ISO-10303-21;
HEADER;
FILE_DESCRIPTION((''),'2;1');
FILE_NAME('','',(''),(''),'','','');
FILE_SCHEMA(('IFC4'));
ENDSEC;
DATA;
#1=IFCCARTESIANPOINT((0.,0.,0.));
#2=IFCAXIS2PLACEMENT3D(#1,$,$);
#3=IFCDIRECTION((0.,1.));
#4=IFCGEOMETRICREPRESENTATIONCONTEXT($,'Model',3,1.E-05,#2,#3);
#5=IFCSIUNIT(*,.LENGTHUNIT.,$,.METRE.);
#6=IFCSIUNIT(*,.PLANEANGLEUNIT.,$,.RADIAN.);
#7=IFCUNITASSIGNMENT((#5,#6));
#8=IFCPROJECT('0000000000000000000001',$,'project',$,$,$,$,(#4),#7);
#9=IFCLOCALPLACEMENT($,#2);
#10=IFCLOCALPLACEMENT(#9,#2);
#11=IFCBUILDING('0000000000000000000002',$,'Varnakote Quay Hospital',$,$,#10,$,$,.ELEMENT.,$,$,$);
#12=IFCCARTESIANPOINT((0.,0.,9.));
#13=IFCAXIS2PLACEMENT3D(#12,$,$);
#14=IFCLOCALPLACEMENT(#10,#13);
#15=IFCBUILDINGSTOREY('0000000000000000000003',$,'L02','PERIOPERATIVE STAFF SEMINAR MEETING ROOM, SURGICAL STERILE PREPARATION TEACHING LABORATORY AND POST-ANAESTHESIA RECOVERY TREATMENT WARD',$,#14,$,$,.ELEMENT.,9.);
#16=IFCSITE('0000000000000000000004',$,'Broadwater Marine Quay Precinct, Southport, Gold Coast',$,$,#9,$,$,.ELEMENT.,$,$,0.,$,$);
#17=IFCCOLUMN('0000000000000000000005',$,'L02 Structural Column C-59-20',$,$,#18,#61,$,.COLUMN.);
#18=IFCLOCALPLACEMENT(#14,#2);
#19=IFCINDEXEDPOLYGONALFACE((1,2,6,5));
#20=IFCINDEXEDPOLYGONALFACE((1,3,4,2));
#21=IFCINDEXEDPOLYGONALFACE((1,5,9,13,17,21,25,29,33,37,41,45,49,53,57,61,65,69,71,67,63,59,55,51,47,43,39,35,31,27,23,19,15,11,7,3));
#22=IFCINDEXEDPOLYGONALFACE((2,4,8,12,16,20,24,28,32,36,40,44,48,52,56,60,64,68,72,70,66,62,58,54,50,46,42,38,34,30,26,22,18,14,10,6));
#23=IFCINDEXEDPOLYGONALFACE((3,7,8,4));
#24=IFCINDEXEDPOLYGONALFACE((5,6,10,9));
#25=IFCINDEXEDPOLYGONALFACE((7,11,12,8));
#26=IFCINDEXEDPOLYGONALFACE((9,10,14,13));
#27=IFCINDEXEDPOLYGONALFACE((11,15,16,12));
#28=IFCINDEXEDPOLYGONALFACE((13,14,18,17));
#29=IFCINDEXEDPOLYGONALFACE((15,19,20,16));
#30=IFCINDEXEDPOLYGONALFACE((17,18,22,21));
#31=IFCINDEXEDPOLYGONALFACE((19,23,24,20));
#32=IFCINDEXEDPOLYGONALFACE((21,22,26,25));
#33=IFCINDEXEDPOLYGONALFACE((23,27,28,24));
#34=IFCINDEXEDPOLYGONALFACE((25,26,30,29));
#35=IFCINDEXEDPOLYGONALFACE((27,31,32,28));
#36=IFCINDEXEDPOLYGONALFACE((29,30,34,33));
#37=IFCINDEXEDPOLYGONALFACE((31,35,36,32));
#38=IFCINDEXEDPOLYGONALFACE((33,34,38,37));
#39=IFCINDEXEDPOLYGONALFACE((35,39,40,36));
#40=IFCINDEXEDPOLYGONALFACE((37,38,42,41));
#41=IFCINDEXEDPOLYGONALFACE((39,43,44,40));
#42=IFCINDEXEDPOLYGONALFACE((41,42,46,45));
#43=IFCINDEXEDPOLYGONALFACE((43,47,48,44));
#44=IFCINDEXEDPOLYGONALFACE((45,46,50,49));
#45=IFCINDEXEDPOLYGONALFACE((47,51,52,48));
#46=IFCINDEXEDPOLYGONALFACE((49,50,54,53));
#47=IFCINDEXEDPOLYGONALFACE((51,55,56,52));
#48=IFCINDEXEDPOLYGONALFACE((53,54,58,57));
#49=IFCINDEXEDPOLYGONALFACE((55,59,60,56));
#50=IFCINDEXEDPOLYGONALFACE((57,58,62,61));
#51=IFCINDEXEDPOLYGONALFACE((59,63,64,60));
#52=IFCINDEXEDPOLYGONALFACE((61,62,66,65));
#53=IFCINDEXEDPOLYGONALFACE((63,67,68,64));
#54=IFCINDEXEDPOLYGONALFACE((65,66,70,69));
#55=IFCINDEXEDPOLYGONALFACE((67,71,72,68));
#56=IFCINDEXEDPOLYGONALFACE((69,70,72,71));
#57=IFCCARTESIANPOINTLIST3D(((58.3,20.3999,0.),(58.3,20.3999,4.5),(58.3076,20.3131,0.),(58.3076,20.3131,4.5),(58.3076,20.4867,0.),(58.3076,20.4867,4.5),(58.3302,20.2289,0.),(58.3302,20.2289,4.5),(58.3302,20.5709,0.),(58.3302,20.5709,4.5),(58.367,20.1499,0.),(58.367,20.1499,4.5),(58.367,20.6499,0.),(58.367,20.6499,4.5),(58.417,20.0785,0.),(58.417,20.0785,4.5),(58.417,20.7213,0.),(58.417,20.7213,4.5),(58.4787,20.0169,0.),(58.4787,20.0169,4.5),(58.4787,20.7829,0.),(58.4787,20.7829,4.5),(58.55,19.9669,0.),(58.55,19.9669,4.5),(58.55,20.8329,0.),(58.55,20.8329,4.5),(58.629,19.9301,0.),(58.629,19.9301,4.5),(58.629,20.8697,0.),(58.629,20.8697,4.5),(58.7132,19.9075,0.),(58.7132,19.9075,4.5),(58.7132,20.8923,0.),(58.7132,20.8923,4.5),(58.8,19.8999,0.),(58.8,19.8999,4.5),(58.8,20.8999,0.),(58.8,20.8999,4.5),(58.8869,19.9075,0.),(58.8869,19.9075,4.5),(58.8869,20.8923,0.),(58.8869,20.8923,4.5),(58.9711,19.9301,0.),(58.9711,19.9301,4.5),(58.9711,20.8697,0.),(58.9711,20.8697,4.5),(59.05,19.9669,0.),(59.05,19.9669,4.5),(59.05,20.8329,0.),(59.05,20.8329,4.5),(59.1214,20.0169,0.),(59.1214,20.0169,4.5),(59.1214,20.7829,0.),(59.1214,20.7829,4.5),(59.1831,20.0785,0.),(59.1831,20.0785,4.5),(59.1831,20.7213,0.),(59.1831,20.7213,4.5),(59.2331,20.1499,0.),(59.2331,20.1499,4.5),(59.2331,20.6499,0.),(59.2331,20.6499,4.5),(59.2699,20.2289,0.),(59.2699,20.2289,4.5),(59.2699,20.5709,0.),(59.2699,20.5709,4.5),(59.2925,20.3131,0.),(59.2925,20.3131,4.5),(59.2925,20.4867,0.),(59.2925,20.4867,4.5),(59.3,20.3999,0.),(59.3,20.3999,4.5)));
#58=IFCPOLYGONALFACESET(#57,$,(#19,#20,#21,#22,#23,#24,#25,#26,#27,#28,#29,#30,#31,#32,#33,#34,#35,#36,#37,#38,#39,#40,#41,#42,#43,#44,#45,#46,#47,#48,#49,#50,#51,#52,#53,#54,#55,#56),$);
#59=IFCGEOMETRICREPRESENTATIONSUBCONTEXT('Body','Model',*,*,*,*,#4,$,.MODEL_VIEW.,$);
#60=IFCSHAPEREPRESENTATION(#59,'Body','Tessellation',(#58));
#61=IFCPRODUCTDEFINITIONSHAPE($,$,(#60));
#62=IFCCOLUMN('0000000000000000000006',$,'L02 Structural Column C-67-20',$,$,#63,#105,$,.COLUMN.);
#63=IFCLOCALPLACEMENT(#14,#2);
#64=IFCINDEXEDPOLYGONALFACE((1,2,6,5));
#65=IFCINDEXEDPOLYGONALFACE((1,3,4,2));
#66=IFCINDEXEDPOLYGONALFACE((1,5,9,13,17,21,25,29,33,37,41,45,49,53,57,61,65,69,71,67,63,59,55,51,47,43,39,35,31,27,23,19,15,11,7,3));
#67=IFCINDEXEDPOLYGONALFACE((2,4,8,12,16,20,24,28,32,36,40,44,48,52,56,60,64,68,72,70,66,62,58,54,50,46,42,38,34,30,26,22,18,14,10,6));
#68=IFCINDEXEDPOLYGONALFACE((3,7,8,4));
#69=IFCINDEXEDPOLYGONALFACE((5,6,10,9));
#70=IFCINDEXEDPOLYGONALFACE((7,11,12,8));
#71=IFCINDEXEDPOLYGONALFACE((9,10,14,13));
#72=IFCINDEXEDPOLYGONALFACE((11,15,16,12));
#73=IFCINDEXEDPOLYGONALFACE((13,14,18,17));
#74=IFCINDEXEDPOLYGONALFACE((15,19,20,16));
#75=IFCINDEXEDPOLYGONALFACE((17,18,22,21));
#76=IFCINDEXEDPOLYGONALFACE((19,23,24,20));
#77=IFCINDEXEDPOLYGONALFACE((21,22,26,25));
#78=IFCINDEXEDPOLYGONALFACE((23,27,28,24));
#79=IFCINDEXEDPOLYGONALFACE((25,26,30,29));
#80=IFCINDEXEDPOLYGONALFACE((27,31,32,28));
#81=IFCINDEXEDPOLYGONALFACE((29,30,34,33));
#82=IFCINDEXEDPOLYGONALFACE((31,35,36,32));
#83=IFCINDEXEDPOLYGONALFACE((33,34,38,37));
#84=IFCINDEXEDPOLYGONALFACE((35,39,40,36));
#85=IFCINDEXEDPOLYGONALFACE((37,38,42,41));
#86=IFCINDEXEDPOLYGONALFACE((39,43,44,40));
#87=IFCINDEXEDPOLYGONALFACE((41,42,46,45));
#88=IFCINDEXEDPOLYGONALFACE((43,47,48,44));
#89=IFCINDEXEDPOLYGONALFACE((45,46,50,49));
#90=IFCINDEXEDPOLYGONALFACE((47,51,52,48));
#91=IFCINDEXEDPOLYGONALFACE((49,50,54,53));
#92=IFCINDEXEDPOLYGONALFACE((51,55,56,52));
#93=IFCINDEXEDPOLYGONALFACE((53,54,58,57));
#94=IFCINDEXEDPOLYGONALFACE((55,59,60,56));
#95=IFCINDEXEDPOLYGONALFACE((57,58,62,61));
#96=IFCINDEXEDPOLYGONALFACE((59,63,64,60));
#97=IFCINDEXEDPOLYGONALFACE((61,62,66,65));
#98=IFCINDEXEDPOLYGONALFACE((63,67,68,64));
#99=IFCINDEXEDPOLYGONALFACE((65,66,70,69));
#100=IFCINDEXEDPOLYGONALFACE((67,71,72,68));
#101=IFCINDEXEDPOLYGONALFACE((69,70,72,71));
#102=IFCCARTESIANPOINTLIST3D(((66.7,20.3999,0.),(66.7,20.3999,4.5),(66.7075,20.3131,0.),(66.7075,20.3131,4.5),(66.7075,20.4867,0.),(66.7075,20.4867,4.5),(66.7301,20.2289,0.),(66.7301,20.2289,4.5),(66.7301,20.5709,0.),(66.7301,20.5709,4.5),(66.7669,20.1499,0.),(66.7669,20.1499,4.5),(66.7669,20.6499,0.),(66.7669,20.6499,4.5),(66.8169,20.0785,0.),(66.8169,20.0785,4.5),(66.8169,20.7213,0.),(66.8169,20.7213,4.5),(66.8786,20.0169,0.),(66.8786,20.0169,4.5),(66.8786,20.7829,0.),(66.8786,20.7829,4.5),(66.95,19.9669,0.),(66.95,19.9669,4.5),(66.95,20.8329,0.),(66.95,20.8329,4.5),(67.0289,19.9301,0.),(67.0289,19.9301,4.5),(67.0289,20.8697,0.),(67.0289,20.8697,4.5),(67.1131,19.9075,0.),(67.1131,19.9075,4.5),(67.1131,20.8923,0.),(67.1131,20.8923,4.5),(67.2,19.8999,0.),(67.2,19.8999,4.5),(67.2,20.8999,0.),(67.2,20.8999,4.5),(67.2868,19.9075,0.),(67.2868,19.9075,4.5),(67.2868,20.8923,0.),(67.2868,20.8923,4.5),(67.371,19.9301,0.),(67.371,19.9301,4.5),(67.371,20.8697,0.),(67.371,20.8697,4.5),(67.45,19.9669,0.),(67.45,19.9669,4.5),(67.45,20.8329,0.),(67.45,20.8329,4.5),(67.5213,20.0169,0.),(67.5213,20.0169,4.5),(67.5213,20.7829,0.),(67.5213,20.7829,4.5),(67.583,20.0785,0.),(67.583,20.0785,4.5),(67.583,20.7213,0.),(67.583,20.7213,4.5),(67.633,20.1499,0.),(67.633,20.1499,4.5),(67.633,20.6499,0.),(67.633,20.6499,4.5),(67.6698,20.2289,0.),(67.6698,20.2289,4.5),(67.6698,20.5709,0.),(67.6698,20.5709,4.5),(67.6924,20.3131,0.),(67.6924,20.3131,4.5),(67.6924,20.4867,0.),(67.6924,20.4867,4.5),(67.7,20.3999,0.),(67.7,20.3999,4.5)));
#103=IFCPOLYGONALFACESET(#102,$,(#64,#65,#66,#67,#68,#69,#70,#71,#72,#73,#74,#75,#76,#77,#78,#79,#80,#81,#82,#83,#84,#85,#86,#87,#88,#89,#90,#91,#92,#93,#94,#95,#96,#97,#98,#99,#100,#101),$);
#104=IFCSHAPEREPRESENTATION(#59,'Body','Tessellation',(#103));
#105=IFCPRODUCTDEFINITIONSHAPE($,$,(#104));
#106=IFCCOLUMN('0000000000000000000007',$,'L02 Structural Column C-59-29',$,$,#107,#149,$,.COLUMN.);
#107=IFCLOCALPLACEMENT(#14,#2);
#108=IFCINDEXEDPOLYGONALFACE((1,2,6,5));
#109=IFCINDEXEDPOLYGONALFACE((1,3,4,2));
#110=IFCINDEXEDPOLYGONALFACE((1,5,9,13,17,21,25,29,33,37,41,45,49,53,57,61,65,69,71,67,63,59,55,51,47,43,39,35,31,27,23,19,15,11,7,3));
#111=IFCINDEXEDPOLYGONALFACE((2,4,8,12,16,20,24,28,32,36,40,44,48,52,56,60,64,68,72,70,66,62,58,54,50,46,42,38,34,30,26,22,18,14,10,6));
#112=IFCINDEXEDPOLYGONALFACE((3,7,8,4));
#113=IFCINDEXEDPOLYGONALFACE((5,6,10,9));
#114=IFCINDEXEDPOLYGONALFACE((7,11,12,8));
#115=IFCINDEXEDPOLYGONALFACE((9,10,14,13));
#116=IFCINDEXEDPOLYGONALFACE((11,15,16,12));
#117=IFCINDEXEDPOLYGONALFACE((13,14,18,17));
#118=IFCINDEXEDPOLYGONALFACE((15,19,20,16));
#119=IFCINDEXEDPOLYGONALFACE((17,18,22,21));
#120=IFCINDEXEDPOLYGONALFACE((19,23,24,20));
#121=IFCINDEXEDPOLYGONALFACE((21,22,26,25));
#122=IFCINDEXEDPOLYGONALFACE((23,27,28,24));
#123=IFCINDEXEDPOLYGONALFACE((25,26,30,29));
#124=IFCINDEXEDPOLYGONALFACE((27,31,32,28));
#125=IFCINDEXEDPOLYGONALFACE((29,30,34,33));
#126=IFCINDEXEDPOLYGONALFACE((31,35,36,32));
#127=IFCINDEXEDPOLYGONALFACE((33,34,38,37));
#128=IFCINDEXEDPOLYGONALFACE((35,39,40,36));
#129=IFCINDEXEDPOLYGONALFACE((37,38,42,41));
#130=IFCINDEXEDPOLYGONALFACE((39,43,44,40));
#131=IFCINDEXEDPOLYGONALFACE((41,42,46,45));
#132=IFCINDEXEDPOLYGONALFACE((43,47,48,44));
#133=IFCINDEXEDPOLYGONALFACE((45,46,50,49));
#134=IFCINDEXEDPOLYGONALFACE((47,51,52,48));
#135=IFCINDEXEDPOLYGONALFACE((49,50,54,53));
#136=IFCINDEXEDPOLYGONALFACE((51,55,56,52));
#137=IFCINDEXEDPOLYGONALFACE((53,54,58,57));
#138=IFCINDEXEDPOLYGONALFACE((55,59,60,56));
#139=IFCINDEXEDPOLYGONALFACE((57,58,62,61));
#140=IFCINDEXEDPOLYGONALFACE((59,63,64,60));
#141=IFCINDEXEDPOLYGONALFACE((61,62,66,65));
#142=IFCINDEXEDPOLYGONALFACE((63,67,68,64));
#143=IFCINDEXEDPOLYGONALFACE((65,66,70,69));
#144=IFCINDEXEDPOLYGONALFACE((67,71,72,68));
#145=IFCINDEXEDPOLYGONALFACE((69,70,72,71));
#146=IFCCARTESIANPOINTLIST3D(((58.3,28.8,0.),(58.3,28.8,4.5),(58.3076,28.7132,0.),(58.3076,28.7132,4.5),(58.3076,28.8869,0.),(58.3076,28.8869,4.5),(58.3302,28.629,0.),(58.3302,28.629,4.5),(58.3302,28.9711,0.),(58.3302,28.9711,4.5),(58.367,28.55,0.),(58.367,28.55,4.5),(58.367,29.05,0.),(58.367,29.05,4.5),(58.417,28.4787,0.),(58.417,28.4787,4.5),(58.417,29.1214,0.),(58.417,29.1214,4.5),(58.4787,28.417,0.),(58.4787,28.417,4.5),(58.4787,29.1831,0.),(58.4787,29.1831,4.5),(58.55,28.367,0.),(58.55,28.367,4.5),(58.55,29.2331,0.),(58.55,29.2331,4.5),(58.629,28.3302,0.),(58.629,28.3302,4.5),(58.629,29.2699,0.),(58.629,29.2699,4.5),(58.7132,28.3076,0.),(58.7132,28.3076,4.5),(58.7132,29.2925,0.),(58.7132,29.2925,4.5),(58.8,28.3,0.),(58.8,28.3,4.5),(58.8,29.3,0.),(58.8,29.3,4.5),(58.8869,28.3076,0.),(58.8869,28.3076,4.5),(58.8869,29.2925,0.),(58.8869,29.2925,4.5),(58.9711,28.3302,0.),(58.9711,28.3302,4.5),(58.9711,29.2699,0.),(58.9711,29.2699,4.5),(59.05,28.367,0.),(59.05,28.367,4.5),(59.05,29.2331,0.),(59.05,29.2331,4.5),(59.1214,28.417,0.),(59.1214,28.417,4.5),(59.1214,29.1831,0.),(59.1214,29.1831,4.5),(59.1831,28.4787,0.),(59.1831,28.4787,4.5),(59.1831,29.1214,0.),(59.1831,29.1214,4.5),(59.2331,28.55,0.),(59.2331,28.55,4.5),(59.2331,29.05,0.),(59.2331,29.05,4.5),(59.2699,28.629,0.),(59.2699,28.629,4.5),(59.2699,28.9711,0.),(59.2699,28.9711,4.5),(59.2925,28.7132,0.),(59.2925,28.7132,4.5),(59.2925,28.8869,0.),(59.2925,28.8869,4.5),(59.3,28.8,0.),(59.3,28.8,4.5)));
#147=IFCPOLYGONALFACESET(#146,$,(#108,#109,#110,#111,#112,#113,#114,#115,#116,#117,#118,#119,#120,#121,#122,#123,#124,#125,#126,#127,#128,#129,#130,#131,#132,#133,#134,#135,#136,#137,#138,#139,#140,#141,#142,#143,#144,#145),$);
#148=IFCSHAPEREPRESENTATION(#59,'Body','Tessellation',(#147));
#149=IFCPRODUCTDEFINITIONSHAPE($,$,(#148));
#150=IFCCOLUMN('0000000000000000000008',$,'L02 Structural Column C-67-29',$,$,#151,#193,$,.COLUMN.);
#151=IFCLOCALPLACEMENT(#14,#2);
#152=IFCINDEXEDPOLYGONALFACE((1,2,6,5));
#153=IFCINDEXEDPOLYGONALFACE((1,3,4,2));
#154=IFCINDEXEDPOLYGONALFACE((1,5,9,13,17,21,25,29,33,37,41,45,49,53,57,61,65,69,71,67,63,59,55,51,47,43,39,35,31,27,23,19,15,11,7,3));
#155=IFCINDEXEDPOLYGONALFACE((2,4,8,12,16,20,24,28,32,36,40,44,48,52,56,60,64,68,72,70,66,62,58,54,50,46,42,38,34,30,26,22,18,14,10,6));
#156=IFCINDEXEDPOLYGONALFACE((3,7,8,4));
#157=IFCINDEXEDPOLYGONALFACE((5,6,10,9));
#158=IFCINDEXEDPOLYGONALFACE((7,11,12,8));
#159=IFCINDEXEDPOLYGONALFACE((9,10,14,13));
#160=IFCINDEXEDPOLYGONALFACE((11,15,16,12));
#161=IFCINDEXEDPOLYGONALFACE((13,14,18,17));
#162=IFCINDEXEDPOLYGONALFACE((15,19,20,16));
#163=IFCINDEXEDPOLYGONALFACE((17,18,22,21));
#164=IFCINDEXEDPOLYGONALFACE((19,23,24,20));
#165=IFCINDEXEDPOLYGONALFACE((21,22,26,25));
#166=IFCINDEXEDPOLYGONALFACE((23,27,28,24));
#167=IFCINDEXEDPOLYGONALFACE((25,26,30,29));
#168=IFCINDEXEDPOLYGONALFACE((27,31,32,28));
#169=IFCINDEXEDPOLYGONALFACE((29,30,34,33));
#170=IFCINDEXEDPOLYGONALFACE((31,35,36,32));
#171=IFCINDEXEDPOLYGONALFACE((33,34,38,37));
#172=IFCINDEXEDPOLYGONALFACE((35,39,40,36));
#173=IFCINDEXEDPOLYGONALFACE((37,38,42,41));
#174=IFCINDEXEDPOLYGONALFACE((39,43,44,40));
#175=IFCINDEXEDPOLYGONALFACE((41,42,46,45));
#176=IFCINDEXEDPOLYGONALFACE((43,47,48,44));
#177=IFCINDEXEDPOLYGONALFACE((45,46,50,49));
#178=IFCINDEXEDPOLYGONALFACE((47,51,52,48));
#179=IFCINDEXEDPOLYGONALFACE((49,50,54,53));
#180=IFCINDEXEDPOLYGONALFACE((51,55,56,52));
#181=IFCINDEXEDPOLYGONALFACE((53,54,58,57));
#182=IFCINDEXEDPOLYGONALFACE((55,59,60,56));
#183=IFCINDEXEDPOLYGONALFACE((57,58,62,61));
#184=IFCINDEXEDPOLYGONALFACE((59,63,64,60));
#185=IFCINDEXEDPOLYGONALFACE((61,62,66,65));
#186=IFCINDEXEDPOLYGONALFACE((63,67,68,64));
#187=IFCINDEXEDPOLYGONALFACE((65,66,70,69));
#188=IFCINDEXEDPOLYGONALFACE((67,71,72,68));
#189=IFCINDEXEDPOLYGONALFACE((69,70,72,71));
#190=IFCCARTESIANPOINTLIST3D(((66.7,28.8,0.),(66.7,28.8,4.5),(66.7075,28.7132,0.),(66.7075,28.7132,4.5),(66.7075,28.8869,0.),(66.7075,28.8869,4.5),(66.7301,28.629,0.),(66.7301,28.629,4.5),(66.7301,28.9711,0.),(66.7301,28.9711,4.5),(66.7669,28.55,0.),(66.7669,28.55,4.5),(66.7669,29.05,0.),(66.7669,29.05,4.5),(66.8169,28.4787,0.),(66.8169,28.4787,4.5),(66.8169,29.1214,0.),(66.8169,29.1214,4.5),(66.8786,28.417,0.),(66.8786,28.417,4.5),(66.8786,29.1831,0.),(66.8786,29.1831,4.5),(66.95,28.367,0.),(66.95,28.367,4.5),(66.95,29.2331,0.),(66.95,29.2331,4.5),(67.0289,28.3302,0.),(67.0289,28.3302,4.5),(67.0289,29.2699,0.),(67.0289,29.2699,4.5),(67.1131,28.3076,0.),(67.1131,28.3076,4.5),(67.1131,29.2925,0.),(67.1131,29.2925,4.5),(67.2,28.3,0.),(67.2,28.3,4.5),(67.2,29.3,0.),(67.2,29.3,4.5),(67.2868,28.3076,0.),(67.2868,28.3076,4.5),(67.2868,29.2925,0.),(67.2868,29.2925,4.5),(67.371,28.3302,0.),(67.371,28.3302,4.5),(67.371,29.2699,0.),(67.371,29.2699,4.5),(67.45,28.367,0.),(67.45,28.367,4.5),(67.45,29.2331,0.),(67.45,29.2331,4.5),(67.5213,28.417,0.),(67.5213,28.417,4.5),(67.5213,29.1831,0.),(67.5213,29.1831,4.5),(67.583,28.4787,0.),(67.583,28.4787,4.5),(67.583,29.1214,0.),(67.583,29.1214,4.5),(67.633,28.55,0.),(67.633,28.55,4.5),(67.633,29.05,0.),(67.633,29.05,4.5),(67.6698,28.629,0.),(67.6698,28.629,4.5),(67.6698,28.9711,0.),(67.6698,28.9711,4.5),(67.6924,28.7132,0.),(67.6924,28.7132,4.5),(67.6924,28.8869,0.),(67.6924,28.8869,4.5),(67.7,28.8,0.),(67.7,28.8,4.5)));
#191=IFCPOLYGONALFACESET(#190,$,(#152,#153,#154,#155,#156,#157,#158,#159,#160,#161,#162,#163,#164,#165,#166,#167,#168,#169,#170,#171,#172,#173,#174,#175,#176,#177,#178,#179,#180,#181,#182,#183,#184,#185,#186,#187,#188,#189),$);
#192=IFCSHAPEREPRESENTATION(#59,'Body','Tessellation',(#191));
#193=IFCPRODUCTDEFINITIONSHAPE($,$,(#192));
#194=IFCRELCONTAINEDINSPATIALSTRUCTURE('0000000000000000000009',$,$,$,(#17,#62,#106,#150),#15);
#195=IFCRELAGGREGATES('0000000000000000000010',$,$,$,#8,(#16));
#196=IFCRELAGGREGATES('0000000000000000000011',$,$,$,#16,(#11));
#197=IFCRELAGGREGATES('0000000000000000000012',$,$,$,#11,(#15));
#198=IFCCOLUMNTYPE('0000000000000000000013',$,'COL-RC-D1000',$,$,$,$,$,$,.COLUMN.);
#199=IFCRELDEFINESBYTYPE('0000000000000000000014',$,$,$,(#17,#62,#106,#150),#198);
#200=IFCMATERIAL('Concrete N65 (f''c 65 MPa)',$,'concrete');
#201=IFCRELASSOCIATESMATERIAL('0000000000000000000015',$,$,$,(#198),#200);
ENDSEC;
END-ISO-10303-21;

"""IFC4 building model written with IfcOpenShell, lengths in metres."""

from ifc_helpers import new_model, si_unit, direction, frame, origin, origin_2d, place, context, subcontext, project, spatial, circle, extrude, material, material_profile, profile_set, type_object, element, save


model = new_model("IFC4")

# Units and contexts
model_context = context("Model", 3, precision=1e-05, world=origin(), true_north=direction((0.0, 1.0)))
body_context = subcontext(model_context, "Body", "Model", "MODEL_VIEW")
ifc_project = project(units=[si_unit("LENGTHUNIT", "METRE"), si_unit("PLANEANGLEUNIT", "RADIAN")], contexts=[model_context])

# Site, building, storey
site_placement = place(None, origin())
site = spatial("IfcSite", under=ifc_project, at=site_placement, Name="Broadwater Marine Quay Precinct, Southport, Gold Coast", CompositionType="ELEMENT", RefElevation=0.0)
building_placement = place(site_placement, origin())
building = spatial("IfcBuilding", under=site, at=building_placement, Name="Varnakote Quay Hospital", CompositionType="ELEMENT")
storey_placement = place(building_placement, frame((0.0, 0.0, 9.0)))
storey = spatial("IfcBuildingStorey", under=building, at=storey_placement, Name="L02", Description="PERIOPERATIVE STAFF SEMINAR MEETING ROOM, SURGICAL STERILE PREPARATION TEACHING LABORATORY AND POST-ANAESTHESIA RECOVERY TREATMENT WARD", CompositionType="ELEMENT", Elevation=9.0)

# Columns
ifc_material_1 = material(Name="Concrete N65 (f'c 65 MPa)", Category="concrete")
ifc_material_profile_1 = material_profile(ifc_material_1, circle(Radius=0.5, at=origin_2d()), Name="RC-COL-D1000")
ifc_profile_set_1 = profile_set([ifc_material_profile_1], Name="Concrete N65 (f'c 65 MPa)")
column_type = type_object("IfcColumnType", Name="COL-RC-D1000", PredefinedType="COLUMN", material=ifc_profile_set_1)
for number, where, z_axis, x_axis, name in (
    (1, (58.8, 20.3999, 0.0), (0.0, 0.0, 1.0), (1.0, 0.0, 0.0), "L02 Structural Column C-59-20"),
    (2, (67.2, 20.3999, 0.0), (0.0, 0.0, 1.0), (1.0, 0.0, 0.0), "L02 Structural Column C-67-20"),
    (3, (58.8, 28.8, 0.0), (0.0, 0.0, 1.0), (1.0, 0.0, 0.0), "L02 Structural Column C-59-29"),
    (4, (67.2, 28.8, 0.0), (0.0, 0.0, 1.0), (1.0, 0.0, 0.0), "L02 Structural Column C-67-29"),
):
    element("IfcColumn", number, at=place(storey_placement, frame(where, z_axis=z_axis, x_axis=x_axis)), inside=storey, type_object=column_type, Name=name, PredefinedType="COLUMN", context=body_context, shape_type="SweptSolid", body=[
        extrude(circle(Radius=0.5, at=origin_2d()), origin(), (0.0, 0.0, 1.0), 4.5),
    ])

save(model, "model.ifc")
